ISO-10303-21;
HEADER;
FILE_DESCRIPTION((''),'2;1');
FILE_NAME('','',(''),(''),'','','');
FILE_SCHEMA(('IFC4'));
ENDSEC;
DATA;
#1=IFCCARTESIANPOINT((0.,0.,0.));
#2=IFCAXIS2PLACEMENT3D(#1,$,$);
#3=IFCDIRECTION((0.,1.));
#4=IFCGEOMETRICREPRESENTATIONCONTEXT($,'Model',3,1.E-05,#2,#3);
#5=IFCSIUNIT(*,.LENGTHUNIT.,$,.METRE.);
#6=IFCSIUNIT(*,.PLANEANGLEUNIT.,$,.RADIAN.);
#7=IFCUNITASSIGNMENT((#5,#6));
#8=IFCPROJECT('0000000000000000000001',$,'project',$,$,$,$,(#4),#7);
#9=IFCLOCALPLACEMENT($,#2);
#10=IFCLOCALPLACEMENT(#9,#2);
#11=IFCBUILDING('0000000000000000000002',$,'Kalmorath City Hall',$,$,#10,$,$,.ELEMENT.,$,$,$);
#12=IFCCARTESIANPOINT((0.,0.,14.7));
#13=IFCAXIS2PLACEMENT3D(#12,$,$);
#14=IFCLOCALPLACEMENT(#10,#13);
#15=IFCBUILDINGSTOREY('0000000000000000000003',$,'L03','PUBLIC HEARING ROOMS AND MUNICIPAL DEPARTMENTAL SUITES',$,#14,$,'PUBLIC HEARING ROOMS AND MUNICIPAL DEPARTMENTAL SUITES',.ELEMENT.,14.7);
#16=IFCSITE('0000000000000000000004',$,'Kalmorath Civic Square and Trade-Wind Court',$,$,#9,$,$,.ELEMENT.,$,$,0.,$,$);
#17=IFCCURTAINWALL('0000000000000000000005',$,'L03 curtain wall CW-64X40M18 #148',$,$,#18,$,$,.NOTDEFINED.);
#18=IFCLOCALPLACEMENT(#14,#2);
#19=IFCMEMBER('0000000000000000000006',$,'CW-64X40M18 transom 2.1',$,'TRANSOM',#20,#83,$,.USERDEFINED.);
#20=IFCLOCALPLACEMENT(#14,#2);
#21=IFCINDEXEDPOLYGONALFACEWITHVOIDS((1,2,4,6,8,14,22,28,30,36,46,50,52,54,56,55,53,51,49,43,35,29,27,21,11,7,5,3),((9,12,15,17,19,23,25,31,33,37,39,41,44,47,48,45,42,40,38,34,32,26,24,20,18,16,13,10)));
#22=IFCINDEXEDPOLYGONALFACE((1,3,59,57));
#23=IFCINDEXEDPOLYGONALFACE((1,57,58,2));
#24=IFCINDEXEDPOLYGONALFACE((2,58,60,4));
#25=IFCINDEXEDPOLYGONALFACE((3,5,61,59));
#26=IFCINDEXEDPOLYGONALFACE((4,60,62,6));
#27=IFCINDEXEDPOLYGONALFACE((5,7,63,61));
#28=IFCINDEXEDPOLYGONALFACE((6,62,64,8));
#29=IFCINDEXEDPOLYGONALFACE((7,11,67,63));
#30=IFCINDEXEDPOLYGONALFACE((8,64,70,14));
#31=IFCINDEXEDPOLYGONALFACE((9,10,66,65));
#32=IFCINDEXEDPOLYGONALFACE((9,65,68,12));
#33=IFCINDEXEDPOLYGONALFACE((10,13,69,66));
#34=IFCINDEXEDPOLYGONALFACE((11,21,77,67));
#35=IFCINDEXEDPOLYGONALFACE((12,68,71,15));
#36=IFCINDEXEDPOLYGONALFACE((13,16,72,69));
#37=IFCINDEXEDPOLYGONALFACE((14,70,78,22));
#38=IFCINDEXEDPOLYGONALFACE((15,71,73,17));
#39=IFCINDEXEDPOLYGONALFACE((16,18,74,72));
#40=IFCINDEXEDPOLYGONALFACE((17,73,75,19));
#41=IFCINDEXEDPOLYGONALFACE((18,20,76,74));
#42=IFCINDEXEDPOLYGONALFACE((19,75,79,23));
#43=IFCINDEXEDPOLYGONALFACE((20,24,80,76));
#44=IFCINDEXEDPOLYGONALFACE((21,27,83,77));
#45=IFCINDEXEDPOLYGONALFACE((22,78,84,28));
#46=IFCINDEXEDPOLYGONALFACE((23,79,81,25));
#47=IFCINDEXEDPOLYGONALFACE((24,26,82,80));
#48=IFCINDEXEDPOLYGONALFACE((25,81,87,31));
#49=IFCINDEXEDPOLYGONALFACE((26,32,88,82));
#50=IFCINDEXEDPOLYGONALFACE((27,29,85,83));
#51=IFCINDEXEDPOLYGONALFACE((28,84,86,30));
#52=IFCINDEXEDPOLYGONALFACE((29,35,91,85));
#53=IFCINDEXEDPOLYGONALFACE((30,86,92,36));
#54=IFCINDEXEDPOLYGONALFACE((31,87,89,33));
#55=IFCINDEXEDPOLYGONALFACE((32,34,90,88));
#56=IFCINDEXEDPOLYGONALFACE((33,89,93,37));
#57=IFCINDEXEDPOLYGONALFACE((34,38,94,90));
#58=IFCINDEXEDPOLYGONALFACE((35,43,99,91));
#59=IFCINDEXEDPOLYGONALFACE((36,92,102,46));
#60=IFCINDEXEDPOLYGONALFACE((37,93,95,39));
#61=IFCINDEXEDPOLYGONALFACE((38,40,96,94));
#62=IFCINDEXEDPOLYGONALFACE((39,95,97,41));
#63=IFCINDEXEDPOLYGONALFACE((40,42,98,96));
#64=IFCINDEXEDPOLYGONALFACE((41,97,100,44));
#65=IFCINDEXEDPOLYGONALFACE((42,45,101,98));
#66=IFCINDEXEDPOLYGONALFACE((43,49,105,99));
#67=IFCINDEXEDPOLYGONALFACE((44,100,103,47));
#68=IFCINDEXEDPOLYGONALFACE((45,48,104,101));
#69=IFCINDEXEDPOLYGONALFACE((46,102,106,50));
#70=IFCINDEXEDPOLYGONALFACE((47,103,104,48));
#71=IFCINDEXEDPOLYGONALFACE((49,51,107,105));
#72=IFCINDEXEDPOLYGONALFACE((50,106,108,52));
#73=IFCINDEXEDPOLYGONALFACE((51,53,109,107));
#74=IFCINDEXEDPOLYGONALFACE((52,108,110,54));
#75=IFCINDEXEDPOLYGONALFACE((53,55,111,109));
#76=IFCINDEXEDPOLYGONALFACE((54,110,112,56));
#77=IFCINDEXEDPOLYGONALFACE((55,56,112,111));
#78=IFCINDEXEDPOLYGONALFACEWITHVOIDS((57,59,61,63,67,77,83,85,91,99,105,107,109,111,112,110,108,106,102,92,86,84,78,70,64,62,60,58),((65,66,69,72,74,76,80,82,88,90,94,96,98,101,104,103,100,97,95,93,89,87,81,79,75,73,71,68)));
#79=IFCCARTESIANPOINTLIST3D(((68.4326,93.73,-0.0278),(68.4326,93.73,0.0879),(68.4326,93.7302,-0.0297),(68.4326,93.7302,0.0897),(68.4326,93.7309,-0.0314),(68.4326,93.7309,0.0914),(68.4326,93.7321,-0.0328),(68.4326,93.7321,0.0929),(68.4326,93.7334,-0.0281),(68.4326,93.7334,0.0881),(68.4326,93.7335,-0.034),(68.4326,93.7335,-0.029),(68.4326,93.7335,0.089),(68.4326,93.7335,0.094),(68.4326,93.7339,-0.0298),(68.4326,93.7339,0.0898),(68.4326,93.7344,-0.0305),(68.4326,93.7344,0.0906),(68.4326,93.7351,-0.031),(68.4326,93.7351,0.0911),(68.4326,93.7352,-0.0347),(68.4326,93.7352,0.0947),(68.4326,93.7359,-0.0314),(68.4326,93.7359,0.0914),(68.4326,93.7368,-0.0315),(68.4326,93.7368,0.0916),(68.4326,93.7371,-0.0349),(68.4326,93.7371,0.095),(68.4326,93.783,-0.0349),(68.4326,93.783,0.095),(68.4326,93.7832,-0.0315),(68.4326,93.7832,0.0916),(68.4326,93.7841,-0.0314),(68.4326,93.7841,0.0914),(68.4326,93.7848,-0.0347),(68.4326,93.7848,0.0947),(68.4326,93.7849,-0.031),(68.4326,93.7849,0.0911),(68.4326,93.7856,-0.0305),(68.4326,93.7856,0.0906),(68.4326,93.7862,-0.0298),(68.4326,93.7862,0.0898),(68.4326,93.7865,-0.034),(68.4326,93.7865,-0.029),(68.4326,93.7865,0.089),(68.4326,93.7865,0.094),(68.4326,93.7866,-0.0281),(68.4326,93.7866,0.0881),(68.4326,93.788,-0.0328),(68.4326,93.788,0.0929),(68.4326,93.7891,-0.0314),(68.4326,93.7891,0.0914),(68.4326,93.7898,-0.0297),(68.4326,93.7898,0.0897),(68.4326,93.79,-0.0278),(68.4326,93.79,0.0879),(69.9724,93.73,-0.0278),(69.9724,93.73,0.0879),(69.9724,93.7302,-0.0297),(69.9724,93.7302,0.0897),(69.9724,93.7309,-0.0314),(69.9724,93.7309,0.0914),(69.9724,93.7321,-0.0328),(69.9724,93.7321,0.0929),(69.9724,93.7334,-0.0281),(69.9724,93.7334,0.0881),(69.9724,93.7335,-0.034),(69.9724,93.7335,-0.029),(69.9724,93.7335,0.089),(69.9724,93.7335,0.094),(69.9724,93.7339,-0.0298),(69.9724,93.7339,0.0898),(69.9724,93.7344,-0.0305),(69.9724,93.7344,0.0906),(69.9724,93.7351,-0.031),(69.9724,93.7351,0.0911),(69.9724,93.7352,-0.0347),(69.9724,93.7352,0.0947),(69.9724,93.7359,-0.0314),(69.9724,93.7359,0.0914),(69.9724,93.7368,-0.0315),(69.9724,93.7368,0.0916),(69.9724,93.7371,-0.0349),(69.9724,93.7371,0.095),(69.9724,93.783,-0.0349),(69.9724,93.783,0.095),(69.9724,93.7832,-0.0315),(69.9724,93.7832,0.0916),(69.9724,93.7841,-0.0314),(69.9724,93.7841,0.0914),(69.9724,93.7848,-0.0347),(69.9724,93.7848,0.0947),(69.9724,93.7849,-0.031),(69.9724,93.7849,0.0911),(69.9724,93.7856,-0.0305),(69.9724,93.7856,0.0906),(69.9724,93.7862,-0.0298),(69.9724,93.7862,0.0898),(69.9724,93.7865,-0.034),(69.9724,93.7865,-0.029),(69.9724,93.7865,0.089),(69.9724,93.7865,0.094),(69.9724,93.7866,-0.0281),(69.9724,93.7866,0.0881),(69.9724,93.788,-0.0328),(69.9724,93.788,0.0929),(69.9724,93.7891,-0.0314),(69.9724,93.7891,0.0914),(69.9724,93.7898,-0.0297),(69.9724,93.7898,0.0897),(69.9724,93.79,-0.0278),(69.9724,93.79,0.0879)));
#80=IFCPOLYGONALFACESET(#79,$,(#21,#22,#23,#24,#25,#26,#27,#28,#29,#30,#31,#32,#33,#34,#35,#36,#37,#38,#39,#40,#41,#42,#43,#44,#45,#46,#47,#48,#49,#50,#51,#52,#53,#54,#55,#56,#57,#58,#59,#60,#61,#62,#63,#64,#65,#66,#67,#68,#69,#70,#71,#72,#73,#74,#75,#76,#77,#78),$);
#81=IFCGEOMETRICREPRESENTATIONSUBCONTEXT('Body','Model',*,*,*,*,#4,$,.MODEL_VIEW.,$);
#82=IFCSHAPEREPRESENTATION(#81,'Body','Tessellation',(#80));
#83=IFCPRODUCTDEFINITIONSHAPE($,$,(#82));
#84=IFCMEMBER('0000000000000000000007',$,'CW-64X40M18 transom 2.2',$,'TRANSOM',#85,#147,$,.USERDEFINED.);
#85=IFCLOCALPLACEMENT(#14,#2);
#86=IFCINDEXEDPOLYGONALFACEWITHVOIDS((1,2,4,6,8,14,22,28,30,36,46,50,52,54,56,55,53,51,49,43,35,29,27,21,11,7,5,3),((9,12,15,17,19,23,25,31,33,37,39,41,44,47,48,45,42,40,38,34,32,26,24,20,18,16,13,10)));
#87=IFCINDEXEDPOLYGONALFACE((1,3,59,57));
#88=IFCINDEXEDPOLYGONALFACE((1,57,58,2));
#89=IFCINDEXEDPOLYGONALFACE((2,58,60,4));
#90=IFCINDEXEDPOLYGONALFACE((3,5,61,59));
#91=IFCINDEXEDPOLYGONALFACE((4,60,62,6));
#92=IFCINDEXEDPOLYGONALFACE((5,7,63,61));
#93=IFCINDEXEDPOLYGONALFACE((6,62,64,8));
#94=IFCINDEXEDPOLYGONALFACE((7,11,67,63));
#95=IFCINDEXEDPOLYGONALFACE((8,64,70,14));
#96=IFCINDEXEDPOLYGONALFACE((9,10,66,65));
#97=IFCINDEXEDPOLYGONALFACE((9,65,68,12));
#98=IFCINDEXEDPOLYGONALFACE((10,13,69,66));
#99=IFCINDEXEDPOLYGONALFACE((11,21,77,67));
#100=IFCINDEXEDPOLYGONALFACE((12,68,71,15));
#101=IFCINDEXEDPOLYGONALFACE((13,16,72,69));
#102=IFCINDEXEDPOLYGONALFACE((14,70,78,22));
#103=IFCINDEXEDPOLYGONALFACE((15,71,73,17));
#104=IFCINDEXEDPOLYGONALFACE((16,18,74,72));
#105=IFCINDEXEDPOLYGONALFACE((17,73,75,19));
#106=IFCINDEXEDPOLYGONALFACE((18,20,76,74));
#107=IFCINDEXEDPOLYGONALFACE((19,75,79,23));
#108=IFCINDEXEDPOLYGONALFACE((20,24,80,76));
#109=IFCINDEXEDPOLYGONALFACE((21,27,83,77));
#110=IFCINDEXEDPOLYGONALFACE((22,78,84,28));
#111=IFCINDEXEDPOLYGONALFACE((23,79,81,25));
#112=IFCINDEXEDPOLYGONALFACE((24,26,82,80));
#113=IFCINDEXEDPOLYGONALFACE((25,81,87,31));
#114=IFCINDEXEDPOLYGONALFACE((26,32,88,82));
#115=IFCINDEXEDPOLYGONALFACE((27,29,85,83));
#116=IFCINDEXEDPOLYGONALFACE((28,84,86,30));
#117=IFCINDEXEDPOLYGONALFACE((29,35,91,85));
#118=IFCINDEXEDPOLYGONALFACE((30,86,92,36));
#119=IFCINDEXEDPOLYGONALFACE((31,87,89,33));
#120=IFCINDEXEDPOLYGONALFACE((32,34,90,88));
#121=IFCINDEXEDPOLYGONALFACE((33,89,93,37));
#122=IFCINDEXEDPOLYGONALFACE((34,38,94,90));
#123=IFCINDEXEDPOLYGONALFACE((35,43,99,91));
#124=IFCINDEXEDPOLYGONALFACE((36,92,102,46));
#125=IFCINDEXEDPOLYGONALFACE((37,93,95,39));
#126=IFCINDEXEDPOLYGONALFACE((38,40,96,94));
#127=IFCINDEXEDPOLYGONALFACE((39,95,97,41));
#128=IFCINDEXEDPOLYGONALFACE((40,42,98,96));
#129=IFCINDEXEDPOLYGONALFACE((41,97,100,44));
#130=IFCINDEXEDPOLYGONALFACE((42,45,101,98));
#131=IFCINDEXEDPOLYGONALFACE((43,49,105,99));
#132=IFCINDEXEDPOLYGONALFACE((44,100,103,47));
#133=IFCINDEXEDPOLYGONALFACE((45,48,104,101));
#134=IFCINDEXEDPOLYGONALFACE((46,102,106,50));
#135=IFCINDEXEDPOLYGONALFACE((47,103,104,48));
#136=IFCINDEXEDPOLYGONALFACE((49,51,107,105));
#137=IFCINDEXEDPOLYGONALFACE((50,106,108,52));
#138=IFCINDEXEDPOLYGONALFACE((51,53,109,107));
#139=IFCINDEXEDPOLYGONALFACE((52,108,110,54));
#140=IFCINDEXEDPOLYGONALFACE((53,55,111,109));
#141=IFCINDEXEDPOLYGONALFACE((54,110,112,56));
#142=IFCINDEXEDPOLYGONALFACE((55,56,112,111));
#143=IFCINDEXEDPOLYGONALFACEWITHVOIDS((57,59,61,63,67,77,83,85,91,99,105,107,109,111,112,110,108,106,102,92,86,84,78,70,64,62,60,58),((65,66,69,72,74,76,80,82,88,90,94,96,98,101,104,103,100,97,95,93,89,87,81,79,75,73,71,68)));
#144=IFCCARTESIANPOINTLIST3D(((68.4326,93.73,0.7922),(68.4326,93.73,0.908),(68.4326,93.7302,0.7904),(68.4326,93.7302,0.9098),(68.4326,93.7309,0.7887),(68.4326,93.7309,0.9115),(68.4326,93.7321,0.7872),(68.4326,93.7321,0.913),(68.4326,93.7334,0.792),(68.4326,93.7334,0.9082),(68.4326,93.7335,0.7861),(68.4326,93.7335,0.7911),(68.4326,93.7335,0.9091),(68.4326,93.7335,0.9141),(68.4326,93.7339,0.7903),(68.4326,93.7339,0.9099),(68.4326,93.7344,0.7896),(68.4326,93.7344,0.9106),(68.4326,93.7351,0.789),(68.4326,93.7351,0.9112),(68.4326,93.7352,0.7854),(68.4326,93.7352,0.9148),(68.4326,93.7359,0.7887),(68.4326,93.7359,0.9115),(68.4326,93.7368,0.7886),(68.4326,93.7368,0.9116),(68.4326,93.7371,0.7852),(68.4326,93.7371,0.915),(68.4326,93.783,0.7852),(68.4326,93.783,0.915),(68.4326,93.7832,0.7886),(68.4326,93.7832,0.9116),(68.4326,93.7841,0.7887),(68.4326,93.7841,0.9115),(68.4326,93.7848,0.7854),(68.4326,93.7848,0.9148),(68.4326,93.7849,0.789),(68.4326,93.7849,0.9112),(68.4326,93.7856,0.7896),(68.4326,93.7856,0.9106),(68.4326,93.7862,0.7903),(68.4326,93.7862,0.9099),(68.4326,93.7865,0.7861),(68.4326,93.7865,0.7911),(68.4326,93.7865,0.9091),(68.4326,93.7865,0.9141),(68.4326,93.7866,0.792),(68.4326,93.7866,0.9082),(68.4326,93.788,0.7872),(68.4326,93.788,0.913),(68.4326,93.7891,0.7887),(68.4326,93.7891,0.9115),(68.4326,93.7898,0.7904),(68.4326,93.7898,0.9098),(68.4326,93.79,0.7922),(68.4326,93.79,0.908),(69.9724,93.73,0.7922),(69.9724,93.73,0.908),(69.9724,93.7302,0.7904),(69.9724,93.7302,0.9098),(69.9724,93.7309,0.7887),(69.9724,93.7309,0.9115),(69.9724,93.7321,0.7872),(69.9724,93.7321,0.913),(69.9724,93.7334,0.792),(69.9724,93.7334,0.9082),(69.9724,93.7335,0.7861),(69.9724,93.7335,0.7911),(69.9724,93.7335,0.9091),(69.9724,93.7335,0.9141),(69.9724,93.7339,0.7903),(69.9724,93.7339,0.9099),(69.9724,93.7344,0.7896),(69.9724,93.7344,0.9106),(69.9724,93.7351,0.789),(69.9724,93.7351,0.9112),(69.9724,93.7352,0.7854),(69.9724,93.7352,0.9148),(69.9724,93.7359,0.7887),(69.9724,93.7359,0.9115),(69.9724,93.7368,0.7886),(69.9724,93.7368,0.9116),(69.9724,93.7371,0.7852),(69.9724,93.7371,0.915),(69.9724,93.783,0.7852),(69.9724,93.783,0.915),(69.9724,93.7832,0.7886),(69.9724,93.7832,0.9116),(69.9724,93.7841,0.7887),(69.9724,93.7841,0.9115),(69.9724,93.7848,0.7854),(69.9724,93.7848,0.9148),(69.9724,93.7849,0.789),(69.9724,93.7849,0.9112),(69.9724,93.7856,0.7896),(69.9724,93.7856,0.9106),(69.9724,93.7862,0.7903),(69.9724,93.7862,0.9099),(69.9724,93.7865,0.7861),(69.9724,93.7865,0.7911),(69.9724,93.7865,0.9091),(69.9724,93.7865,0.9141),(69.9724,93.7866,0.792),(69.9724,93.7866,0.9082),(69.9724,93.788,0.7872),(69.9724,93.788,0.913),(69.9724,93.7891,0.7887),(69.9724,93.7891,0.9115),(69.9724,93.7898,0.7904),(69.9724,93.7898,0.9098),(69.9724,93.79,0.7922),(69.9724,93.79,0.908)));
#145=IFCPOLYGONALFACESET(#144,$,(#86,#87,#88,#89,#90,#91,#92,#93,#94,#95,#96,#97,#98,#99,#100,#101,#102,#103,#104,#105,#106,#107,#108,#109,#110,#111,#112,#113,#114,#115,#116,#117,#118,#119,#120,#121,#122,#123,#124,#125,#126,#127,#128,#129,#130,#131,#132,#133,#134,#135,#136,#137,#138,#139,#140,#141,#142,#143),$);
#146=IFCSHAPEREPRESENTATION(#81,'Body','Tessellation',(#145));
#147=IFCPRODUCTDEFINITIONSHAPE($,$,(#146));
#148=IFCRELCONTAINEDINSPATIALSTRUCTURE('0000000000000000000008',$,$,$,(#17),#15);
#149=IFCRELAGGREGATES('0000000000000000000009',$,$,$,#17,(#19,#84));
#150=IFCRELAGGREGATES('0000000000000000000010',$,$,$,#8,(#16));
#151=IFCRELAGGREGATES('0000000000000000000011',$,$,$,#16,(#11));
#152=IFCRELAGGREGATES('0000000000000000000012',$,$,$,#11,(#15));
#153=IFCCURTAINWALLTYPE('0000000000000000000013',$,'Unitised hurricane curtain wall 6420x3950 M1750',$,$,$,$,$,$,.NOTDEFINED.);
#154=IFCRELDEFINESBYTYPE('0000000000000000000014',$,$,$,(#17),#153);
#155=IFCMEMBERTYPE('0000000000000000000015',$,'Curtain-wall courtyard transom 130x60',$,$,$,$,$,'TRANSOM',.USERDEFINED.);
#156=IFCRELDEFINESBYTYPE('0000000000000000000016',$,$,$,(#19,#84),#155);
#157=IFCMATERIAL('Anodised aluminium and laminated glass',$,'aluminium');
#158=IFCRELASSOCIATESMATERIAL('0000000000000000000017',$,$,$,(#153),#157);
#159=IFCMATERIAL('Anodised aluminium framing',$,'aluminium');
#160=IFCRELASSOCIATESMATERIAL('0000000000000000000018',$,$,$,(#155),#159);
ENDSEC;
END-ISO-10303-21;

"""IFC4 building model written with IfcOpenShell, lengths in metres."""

from ifc_helpers import new_model, si_unit, direction, frame, origin, origin_2d, place, context, subcontext, project, spatial, hollow_rectangle, extrude, material, material_profile, profile_set, type_object, element, aggregate, save


model = new_model("IFC4")

# Units and contexts
model_context = context("Model", 3, precision=1e-05, world=origin(), true_north=direction((0.0, 1.0)))
body_context = subcontext(model_context, "Body", "Model", "MODEL_VIEW")
ifc_project = project(units=[si_unit("LENGTHUNIT", "METRE"), si_unit("PLANEANGLEUNIT", "RADIAN")], contexts=[model_context])

# Site, building, storey
site_placement = place(None, origin())
site = spatial("IfcSite", under=ifc_project, at=site_placement, Name="Kalmorath Civic Square and Trade-Wind Court", CompositionType="ELEMENT", RefElevation=0.0)
building_placement = place(site_placement, origin())
building = spatial("IfcBuilding", under=site, at=building_placement, Name="Kalmorath City Hall", CompositionType="ELEMENT")
storey_placement = place(building_placement, frame((0.0, 0.0, 14.7)))
storey = spatial("IfcBuildingStorey", under=building, at=storey_placement, Name="L03", Description="PUBLIC HEARING ROOMS AND MUNICIPAL DEPARTMENTAL SUITES", LongName="PUBLIC HEARING ROOMS AND MUNICIPAL DEPARTMENTAL SUITES", CompositionType="ELEMENT", Elevation=14.7)

# Curtain wall, members
ifc_material_1 = material(Name="Anodised aluminium and laminated glass", Category="aluminium")
curtain_wall_type = type_object("IfcCurtainWallType", Name="Unitised hurricane curtain wall 6420x3950 M1750", PredefinedType="NOTDEFINED", material=ifc_material_1)
curtain_wall_placement = place(storey_placement, origin())
curtain_wall = element("IfcCurtainWall", 1, at=curtain_wall_placement, inside=storey, type_object=curtain_wall_type, Name="L03 curtain wall CW-64X40M18 #148", PredefinedType="NOTDEFINED")
ifc_material_2 = material(Name="Anodised aluminium framing", Category="aluminium")
ifc_material_profile_1 = material_profile(ifc_material_2, hollow_rectangle(XDim=0.0601, YDim=0.1299, WallThickness=0.0034, InnerFilletRadius=0.0034, OuterFilletRadius=0.0071, at=origin_2d()), Name="ALU-TRN-130X60X3.5")
ifc_profile_set_1 = profile_set([ifc_material_profile_1], Name="Anodised aluminium framing")
member_type_1 = type_object("IfcMemberType", Name="Curtain-wall courtyard transom 130x60", ElementType="TRANSOM", PredefinedType="USERDEFINED", material=ifc_profile_set_1)
member_1_placement = place(storey_placement, frame((69.9724, 93.76, 0.03), z_axis=(-1.0, 0.0, 0.0), x_axis=(0.0, -1.0, 0.0)))
member_1 = element("IfcMember", 2, at=member_1_placement, type_object=member_type_1, Name="CW-64X40M18 transom 2.1", ObjectType="TRANSOM", PredefinedType="USERDEFINED", context=body_context, shape_type="SweptSolid", body=[
    extrude(hollow_rectangle(XDim=0.0601, YDim=0.1299, WallThickness=0.0034, InnerFilletRadius=0.0034, OuterFilletRadius=0.0071, at=origin_2d()), origin(), (0.0, 0.0, 1.0), 1.5398),
])
member_2_placement = place(storey_placement, frame((69.9724, 93.76, 0.8501), z_axis=(-1.0, 0.0, 0.0), x_axis=(0.0, -1.0, 0.0)))
member_2 = element("IfcMember", 3, at=member_2_placement, type_object=member_type_1, Name="CW-64X40M18 transom 2.2", ObjectType="TRANSOM", PredefinedType="USERDEFINED", context=body_context, shape_type="SweptSolid", body=[
    extrude(hollow_rectangle(XDim=0.0601, YDim=0.1299, WallThickness=0.0034, InnerFilletRadius=0.0034, OuterFilletRadius=0.0071, at=origin_2d()), origin(), (0.0, 0.0, 1.0), 1.5398),
])
aggregate(curtain_wall, [member_1, member_2])

save(model, "model.ifc")
